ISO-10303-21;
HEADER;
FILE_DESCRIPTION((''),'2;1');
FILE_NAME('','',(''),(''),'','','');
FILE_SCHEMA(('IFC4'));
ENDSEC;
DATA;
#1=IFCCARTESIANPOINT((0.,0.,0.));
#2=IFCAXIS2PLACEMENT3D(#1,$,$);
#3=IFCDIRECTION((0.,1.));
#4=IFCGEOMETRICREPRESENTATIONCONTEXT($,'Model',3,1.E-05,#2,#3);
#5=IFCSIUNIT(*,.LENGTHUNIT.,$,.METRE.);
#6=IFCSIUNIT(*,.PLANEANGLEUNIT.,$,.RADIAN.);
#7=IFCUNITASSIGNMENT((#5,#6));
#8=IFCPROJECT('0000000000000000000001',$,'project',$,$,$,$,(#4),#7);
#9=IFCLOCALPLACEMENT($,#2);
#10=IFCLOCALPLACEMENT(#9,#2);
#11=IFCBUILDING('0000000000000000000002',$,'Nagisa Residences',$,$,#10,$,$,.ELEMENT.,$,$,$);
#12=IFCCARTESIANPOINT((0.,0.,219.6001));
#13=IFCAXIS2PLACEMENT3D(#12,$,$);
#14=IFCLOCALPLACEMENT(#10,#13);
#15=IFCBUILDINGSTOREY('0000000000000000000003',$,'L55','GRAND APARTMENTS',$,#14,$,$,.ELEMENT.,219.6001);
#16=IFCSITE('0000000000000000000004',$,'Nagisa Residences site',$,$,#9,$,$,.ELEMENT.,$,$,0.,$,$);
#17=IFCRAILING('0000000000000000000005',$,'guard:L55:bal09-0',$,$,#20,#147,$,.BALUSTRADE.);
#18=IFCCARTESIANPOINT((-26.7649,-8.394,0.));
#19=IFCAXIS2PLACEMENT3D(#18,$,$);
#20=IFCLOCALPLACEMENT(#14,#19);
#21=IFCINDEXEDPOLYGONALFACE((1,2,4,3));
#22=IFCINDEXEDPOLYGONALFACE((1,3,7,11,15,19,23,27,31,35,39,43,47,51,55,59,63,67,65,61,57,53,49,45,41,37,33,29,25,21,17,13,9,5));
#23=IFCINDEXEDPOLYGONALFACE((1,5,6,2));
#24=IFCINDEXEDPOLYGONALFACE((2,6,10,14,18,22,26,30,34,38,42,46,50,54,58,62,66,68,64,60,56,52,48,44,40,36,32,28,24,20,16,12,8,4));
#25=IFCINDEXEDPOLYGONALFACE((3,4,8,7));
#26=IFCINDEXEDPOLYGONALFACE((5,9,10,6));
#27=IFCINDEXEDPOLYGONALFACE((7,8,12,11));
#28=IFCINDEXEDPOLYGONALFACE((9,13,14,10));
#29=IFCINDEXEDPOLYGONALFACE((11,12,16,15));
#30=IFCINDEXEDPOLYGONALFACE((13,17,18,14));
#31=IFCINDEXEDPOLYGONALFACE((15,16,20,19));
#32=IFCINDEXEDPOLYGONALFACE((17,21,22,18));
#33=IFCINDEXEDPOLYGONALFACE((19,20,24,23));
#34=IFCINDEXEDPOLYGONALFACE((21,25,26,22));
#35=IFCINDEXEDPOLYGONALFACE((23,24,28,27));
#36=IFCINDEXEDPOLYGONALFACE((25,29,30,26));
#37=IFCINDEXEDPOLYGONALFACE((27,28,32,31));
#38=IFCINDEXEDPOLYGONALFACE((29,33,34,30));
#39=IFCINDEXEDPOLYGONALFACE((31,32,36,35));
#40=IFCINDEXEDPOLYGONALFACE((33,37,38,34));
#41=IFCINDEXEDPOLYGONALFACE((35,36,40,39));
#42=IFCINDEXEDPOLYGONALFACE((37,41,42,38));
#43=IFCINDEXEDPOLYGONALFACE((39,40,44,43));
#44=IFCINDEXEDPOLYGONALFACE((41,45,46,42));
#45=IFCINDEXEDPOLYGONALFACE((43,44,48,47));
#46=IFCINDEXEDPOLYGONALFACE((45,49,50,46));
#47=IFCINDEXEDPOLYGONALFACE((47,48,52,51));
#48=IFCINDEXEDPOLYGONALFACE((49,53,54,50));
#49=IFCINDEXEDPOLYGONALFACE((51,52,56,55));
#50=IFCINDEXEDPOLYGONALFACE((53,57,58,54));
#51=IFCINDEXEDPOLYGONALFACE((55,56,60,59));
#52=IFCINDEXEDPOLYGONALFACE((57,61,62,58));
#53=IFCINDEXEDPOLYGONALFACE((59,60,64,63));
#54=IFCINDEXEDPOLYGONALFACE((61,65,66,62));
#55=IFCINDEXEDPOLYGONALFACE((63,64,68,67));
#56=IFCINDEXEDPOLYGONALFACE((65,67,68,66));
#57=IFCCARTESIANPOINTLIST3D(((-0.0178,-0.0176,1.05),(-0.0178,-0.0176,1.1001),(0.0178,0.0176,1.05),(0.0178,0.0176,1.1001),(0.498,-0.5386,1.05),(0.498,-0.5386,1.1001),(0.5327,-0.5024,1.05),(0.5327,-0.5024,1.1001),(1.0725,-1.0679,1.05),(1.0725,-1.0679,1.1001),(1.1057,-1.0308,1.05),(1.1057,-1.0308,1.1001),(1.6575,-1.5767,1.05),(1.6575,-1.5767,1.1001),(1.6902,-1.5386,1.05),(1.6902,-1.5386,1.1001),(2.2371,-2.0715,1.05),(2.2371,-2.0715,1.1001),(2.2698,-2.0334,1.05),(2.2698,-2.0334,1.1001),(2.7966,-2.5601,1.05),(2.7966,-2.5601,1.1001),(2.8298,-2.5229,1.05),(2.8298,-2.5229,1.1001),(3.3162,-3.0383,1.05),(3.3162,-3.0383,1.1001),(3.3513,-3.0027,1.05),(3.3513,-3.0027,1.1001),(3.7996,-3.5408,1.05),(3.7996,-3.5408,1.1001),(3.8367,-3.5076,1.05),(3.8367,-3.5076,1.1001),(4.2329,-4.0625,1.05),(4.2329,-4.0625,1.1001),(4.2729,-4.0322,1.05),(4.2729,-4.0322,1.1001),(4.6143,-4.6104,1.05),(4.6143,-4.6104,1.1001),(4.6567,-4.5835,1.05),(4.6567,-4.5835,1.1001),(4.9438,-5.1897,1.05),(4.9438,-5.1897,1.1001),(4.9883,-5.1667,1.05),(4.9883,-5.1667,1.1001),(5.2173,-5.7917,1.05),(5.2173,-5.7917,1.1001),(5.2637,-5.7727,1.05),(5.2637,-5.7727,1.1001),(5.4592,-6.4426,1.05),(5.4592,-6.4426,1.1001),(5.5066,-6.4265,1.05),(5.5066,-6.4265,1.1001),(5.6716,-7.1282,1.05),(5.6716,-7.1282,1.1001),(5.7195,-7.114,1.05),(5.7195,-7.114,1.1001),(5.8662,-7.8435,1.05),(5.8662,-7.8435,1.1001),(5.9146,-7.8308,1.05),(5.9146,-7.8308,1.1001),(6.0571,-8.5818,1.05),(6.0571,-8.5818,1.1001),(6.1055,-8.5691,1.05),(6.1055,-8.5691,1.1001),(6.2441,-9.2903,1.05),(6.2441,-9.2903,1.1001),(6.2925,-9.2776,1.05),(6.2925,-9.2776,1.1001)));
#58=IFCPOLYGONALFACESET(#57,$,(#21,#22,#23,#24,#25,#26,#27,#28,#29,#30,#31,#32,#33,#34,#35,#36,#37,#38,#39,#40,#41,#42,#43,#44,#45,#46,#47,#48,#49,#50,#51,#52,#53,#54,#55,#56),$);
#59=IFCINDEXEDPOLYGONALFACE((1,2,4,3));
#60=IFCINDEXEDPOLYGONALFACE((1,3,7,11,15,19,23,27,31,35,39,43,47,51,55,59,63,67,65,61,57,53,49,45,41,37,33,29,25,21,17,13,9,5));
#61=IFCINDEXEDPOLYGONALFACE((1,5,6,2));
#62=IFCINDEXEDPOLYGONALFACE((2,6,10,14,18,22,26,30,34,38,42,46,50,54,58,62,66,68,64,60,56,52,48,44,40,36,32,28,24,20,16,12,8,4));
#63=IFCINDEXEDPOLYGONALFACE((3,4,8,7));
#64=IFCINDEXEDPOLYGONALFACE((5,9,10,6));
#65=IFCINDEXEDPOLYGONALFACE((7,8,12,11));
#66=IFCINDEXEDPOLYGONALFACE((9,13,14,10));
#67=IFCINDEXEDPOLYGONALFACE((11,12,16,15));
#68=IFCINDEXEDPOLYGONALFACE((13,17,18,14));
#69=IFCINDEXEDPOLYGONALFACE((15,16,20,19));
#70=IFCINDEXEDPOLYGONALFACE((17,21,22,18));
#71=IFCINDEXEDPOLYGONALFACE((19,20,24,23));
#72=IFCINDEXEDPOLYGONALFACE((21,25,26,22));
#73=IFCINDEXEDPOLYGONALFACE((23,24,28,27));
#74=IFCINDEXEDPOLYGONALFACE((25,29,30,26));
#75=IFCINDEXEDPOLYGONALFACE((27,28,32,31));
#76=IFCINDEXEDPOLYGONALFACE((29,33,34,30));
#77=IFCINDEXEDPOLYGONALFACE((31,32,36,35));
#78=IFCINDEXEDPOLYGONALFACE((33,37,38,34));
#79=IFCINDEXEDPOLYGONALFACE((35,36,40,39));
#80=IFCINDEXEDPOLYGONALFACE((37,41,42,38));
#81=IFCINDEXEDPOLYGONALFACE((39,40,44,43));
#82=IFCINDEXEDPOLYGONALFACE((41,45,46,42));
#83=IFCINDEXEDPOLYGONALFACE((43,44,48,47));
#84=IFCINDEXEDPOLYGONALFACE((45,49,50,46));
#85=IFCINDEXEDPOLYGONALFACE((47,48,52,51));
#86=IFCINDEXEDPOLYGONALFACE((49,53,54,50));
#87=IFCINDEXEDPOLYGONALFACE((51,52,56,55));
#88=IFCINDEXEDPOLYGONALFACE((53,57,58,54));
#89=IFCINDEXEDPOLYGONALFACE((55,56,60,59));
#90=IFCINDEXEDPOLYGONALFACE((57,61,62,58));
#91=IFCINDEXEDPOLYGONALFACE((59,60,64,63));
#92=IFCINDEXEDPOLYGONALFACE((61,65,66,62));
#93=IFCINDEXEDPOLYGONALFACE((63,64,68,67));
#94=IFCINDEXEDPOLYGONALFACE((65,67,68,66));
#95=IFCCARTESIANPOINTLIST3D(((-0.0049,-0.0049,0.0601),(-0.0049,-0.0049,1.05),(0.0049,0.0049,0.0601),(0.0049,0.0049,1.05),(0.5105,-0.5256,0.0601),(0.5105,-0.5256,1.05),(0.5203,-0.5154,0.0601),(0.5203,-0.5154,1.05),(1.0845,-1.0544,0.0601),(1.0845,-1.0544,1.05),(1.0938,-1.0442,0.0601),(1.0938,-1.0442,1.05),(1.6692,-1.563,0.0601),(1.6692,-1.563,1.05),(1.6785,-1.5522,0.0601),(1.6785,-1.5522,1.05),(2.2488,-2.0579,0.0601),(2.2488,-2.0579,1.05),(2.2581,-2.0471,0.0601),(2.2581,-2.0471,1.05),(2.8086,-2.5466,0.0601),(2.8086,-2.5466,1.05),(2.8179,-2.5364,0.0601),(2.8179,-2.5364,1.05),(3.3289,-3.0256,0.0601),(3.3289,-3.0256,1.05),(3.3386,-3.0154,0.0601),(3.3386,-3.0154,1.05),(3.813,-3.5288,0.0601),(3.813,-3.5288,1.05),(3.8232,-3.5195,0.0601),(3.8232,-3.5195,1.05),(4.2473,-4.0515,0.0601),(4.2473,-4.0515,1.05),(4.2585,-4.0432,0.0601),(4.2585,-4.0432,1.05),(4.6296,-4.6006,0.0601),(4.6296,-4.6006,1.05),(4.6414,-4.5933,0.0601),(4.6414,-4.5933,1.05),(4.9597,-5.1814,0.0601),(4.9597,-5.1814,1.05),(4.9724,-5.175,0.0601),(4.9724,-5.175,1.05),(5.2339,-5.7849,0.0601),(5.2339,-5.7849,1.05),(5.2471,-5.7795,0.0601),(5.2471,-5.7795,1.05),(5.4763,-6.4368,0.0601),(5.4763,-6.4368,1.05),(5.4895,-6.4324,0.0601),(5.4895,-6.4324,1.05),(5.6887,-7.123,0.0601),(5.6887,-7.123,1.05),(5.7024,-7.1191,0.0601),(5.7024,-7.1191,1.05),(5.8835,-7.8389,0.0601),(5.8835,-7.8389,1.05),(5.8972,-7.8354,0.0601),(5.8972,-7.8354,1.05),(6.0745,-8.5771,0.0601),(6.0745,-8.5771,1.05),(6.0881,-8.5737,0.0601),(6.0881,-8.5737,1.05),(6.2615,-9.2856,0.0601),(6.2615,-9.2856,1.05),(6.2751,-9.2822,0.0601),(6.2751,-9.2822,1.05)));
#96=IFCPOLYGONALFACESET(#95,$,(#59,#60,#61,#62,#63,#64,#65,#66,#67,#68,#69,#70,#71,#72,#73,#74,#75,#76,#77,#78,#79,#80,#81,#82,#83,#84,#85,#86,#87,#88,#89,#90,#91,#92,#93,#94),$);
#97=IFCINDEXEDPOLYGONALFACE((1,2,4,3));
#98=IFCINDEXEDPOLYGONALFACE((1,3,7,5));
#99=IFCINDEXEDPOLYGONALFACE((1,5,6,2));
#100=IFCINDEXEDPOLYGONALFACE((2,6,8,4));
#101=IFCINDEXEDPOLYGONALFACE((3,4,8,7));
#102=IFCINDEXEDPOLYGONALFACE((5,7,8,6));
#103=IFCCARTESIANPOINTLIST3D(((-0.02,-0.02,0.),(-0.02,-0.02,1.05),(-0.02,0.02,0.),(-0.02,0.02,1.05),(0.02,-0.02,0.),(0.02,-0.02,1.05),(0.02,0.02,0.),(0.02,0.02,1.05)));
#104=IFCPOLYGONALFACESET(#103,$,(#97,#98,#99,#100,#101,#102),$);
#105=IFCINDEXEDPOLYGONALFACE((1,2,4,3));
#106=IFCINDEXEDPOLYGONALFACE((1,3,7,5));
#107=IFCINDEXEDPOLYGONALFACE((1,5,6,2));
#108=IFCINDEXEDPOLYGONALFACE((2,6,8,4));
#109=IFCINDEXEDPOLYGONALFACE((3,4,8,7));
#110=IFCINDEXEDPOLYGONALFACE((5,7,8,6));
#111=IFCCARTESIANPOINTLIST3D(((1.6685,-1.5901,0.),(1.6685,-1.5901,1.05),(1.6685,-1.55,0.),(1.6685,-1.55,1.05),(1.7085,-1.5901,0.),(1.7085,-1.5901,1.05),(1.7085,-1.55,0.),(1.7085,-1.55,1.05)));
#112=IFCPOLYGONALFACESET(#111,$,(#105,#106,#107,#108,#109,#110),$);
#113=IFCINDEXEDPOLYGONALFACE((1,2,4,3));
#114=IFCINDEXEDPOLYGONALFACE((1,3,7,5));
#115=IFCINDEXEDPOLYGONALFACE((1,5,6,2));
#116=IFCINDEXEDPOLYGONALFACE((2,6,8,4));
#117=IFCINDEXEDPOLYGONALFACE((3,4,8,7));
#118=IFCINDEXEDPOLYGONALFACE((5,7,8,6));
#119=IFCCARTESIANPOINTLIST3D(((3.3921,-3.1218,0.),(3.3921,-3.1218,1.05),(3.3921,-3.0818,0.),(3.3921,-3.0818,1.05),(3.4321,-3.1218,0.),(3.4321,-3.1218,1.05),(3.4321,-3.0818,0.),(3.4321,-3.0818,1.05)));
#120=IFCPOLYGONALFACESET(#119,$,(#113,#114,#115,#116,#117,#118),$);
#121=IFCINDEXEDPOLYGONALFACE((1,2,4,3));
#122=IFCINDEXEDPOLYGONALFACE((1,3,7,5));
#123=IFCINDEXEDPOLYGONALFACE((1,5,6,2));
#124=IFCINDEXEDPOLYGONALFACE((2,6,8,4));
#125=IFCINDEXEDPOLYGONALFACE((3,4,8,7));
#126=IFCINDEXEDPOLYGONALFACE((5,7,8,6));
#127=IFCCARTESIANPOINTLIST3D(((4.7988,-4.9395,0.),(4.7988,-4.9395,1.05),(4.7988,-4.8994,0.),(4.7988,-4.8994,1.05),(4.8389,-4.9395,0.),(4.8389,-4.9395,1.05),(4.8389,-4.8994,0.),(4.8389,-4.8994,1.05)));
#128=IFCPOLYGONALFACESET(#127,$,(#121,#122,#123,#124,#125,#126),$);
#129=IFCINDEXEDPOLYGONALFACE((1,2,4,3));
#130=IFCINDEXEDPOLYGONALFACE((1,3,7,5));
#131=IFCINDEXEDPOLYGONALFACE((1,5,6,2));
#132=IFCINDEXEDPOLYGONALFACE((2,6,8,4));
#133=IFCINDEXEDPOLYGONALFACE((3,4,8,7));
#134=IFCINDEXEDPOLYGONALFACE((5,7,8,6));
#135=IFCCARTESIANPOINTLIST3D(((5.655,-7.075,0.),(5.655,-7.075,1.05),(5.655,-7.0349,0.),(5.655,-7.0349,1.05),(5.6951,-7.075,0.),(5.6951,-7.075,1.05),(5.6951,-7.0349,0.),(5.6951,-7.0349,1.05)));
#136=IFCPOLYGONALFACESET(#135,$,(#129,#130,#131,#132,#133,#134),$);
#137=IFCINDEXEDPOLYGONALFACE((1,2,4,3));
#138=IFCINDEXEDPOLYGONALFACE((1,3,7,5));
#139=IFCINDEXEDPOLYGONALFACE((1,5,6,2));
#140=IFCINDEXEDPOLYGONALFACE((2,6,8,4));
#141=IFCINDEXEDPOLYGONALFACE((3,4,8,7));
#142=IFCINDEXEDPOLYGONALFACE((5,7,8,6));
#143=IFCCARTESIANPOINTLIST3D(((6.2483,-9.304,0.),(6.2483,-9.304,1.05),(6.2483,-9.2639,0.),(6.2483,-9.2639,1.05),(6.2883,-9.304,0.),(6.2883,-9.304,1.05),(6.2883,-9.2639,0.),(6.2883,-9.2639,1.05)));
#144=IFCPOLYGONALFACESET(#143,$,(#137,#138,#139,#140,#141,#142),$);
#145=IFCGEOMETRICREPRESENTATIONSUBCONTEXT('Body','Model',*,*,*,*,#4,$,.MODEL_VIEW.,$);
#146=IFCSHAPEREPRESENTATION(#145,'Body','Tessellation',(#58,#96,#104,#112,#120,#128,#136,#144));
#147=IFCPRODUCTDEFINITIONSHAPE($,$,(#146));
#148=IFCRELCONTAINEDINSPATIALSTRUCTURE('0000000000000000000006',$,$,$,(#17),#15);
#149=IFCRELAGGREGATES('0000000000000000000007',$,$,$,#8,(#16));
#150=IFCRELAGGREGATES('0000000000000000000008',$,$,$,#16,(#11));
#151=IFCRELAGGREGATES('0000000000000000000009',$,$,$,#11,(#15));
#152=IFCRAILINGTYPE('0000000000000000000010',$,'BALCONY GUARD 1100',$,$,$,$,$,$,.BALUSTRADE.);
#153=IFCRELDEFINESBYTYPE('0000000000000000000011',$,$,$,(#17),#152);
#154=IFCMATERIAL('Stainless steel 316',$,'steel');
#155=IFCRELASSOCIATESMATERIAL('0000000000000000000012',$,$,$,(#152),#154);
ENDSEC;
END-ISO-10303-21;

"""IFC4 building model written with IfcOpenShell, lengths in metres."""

from ifc_helpers import new_model, si_unit, direction, frame, origin, origin_2d, place, context, subcontext, project, spatial, polyline, rectangle, outline, extrude, material, type_object, element, save


model = new_model("IFC4")

# Units and contexts
model_context = context("Model", 3, precision=1e-05, world=origin(), true_north=direction((0.0, 1.0)))
body_context = subcontext(model_context, "Body", "Model", "MODEL_VIEW")
ifc_project = project(units=[si_unit("LENGTHUNIT", "METRE"), si_unit("PLANEANGLEUNIT", "RADIAN")], contexts=[model_context])

# Site, building, storey
site_placement = place(None, origin())
site = spatial("IfcSite", under=ifc_project, at=site_placement, Name="Nagisa Residences site", CompositionType="ELEMENT", RefElevation=0.0)
building_placement = place(site_placement, origin())
building = spatial("IfcBuilding", under=site, at=building_placement, Name="Nagisa Residences", CompositionType="ELEMENT")
storey_placement = place(building_placement, frame((0.0, 0.0, 219.6001)))
storey = spatial("IfcBuildingStorey", under=building, at=storey_placement, Name="L55", Description="GRAND APARTMENTS", CompositionType="ELEMENT", Elevation=219.6001)

# Railing
ifc_material_1 = material(Name="Stainless steel 316", Category="steel")
railing_type = type_object("IfcRailingType", Name="BALCONY GUARD 1100", PredefinedType="BALUSTRADE", material=ifc_material_1)
railing_placement = place(storey_placement, frame((-26.7649, -8.394, 0.0)))
element("IfcRailing", 1, at=railing_placement, inside=storey, type_object=railing_type, Name="guard:L55:bal09-0", PredefinedType="BALUSTRADE", context=body_context, shape_type="SweptSolid", body=[
    extrude(outline(polyline([(0.5327, -0.5024), (0.0178, 0.0176), (-0.0178, -0.0176), (0.498, -0.5386), (1.0725, -1.0679), (1.6575, -1.5767), (2.2371, -2.0715), (2.7966, -2.5601), (3.3162, -3.0383), (3.7996, -3.5408), (4.2329, -4.0625), (4.6143, -4.6104), (4.9438, -5.1897), (5.2173, -5.7917), (5.4592, -6.4426), (5.6716, -7.1282), (5.8662, -7.8435), (6.0571, -8.5818), (6.2441, -9.2903), (6.2925, -9.2776), (6.1055, -8.5691), (5.9146, -7.8308), (5.7195, -7.114), (5.5066, -6.4265), (5.2637, -5.7727), (4.9883, -5.1667), (4.6567, -4.5835), (4.2729, -4.0322), (3.8367, -3.5076), (3.3513, -3.0027), (2.8298, -2.5229), (2.2698, -2.0334), (1.6902, -1.5386), (1.1057, -1.0308), (0.5327, -0.5024)])), frame((0.0, 0.0, 1.05)), (0.0, 0.0, 1.0), 0.05),
    extrude(outline(polyline([(0.5203, -0.5154), (0.0049, 0.0049), (-0.0049, -0.0049), (0.5105, -0.5256), (1.0845, -1.0544), (1.6692, -1.563), (2.2488, -2.0579), (2.8086, -2.5466), (3.3289, -3.0256), (3.813, -3.5288), (4.2473, -4.0515), (4.6296, -4.6006), (4.9597, -5.1814), (5.2339, -5.7849), (5.4763, -6.4368), (5.6887, -7.123), (5.8835, -7.8389), (6.0745, -8.5771), (6.2615, -9.2856), (6.2751, -9.2822), (6.0881, -8.5737), (5.8972, -7.8354), (5.7024, -7.1191), (5.4895, -6.4324), (5.2471, -5.7795), (4.9724, -5.175), (4.6414, -4.5933), (4.2585, -4.0432), (3.8232, -3.5195), (3.3386, -3.0154), (2.8179, -2.5364), (2.2581, -2.0471), (1.6785, -1.5522), (1.0938, -1.0442), (0.5203, -0.5154)])), frame((0.0, 0.0, 0.0601)), (0.0, 0.0, 1.0), 0.99),
    extrude(rectangle(XDim=0.04, YDim=0.04, at=origin_2d()), origin(), (0.0, 0.0, 1.0), 1.05),
    extrude(rectangle(XDim=0.04, YDim=0.04, at=origin_2d()), frame((1.6885, -1.5701, 0.0)), (0.0, 0.0, 1.0), 1.05),
    extrude(rectangle(XDim=0.04, YDim=0.04, at=origin_2d()), frame((3.4121, -3.1018, 0.0)), (0.0, 0.0, 1.0), 1.05),
    extrude(rectangle(XDim=0.04, YDim=0.04, at=origin_2d()), frame((4.8188, -4.9194, 0.0)), (0.0, 0.0, 1.0), 1.05),
    extrude(rectangle(XDim=0.04, YDim=0.04, at=origin_2d()), frame((5.675, -7.0549, 0.0)), (0.0, 0.0, 1.0), 1.05),
    extrude(rectangle(XDim=0.04, YDim=0.04, at=origin_2d()), frame((6.2683, -9.2839, 0.0)), (0.0, 0.0, 1.0), 1.05),
])

save(model, "model.ifc")
